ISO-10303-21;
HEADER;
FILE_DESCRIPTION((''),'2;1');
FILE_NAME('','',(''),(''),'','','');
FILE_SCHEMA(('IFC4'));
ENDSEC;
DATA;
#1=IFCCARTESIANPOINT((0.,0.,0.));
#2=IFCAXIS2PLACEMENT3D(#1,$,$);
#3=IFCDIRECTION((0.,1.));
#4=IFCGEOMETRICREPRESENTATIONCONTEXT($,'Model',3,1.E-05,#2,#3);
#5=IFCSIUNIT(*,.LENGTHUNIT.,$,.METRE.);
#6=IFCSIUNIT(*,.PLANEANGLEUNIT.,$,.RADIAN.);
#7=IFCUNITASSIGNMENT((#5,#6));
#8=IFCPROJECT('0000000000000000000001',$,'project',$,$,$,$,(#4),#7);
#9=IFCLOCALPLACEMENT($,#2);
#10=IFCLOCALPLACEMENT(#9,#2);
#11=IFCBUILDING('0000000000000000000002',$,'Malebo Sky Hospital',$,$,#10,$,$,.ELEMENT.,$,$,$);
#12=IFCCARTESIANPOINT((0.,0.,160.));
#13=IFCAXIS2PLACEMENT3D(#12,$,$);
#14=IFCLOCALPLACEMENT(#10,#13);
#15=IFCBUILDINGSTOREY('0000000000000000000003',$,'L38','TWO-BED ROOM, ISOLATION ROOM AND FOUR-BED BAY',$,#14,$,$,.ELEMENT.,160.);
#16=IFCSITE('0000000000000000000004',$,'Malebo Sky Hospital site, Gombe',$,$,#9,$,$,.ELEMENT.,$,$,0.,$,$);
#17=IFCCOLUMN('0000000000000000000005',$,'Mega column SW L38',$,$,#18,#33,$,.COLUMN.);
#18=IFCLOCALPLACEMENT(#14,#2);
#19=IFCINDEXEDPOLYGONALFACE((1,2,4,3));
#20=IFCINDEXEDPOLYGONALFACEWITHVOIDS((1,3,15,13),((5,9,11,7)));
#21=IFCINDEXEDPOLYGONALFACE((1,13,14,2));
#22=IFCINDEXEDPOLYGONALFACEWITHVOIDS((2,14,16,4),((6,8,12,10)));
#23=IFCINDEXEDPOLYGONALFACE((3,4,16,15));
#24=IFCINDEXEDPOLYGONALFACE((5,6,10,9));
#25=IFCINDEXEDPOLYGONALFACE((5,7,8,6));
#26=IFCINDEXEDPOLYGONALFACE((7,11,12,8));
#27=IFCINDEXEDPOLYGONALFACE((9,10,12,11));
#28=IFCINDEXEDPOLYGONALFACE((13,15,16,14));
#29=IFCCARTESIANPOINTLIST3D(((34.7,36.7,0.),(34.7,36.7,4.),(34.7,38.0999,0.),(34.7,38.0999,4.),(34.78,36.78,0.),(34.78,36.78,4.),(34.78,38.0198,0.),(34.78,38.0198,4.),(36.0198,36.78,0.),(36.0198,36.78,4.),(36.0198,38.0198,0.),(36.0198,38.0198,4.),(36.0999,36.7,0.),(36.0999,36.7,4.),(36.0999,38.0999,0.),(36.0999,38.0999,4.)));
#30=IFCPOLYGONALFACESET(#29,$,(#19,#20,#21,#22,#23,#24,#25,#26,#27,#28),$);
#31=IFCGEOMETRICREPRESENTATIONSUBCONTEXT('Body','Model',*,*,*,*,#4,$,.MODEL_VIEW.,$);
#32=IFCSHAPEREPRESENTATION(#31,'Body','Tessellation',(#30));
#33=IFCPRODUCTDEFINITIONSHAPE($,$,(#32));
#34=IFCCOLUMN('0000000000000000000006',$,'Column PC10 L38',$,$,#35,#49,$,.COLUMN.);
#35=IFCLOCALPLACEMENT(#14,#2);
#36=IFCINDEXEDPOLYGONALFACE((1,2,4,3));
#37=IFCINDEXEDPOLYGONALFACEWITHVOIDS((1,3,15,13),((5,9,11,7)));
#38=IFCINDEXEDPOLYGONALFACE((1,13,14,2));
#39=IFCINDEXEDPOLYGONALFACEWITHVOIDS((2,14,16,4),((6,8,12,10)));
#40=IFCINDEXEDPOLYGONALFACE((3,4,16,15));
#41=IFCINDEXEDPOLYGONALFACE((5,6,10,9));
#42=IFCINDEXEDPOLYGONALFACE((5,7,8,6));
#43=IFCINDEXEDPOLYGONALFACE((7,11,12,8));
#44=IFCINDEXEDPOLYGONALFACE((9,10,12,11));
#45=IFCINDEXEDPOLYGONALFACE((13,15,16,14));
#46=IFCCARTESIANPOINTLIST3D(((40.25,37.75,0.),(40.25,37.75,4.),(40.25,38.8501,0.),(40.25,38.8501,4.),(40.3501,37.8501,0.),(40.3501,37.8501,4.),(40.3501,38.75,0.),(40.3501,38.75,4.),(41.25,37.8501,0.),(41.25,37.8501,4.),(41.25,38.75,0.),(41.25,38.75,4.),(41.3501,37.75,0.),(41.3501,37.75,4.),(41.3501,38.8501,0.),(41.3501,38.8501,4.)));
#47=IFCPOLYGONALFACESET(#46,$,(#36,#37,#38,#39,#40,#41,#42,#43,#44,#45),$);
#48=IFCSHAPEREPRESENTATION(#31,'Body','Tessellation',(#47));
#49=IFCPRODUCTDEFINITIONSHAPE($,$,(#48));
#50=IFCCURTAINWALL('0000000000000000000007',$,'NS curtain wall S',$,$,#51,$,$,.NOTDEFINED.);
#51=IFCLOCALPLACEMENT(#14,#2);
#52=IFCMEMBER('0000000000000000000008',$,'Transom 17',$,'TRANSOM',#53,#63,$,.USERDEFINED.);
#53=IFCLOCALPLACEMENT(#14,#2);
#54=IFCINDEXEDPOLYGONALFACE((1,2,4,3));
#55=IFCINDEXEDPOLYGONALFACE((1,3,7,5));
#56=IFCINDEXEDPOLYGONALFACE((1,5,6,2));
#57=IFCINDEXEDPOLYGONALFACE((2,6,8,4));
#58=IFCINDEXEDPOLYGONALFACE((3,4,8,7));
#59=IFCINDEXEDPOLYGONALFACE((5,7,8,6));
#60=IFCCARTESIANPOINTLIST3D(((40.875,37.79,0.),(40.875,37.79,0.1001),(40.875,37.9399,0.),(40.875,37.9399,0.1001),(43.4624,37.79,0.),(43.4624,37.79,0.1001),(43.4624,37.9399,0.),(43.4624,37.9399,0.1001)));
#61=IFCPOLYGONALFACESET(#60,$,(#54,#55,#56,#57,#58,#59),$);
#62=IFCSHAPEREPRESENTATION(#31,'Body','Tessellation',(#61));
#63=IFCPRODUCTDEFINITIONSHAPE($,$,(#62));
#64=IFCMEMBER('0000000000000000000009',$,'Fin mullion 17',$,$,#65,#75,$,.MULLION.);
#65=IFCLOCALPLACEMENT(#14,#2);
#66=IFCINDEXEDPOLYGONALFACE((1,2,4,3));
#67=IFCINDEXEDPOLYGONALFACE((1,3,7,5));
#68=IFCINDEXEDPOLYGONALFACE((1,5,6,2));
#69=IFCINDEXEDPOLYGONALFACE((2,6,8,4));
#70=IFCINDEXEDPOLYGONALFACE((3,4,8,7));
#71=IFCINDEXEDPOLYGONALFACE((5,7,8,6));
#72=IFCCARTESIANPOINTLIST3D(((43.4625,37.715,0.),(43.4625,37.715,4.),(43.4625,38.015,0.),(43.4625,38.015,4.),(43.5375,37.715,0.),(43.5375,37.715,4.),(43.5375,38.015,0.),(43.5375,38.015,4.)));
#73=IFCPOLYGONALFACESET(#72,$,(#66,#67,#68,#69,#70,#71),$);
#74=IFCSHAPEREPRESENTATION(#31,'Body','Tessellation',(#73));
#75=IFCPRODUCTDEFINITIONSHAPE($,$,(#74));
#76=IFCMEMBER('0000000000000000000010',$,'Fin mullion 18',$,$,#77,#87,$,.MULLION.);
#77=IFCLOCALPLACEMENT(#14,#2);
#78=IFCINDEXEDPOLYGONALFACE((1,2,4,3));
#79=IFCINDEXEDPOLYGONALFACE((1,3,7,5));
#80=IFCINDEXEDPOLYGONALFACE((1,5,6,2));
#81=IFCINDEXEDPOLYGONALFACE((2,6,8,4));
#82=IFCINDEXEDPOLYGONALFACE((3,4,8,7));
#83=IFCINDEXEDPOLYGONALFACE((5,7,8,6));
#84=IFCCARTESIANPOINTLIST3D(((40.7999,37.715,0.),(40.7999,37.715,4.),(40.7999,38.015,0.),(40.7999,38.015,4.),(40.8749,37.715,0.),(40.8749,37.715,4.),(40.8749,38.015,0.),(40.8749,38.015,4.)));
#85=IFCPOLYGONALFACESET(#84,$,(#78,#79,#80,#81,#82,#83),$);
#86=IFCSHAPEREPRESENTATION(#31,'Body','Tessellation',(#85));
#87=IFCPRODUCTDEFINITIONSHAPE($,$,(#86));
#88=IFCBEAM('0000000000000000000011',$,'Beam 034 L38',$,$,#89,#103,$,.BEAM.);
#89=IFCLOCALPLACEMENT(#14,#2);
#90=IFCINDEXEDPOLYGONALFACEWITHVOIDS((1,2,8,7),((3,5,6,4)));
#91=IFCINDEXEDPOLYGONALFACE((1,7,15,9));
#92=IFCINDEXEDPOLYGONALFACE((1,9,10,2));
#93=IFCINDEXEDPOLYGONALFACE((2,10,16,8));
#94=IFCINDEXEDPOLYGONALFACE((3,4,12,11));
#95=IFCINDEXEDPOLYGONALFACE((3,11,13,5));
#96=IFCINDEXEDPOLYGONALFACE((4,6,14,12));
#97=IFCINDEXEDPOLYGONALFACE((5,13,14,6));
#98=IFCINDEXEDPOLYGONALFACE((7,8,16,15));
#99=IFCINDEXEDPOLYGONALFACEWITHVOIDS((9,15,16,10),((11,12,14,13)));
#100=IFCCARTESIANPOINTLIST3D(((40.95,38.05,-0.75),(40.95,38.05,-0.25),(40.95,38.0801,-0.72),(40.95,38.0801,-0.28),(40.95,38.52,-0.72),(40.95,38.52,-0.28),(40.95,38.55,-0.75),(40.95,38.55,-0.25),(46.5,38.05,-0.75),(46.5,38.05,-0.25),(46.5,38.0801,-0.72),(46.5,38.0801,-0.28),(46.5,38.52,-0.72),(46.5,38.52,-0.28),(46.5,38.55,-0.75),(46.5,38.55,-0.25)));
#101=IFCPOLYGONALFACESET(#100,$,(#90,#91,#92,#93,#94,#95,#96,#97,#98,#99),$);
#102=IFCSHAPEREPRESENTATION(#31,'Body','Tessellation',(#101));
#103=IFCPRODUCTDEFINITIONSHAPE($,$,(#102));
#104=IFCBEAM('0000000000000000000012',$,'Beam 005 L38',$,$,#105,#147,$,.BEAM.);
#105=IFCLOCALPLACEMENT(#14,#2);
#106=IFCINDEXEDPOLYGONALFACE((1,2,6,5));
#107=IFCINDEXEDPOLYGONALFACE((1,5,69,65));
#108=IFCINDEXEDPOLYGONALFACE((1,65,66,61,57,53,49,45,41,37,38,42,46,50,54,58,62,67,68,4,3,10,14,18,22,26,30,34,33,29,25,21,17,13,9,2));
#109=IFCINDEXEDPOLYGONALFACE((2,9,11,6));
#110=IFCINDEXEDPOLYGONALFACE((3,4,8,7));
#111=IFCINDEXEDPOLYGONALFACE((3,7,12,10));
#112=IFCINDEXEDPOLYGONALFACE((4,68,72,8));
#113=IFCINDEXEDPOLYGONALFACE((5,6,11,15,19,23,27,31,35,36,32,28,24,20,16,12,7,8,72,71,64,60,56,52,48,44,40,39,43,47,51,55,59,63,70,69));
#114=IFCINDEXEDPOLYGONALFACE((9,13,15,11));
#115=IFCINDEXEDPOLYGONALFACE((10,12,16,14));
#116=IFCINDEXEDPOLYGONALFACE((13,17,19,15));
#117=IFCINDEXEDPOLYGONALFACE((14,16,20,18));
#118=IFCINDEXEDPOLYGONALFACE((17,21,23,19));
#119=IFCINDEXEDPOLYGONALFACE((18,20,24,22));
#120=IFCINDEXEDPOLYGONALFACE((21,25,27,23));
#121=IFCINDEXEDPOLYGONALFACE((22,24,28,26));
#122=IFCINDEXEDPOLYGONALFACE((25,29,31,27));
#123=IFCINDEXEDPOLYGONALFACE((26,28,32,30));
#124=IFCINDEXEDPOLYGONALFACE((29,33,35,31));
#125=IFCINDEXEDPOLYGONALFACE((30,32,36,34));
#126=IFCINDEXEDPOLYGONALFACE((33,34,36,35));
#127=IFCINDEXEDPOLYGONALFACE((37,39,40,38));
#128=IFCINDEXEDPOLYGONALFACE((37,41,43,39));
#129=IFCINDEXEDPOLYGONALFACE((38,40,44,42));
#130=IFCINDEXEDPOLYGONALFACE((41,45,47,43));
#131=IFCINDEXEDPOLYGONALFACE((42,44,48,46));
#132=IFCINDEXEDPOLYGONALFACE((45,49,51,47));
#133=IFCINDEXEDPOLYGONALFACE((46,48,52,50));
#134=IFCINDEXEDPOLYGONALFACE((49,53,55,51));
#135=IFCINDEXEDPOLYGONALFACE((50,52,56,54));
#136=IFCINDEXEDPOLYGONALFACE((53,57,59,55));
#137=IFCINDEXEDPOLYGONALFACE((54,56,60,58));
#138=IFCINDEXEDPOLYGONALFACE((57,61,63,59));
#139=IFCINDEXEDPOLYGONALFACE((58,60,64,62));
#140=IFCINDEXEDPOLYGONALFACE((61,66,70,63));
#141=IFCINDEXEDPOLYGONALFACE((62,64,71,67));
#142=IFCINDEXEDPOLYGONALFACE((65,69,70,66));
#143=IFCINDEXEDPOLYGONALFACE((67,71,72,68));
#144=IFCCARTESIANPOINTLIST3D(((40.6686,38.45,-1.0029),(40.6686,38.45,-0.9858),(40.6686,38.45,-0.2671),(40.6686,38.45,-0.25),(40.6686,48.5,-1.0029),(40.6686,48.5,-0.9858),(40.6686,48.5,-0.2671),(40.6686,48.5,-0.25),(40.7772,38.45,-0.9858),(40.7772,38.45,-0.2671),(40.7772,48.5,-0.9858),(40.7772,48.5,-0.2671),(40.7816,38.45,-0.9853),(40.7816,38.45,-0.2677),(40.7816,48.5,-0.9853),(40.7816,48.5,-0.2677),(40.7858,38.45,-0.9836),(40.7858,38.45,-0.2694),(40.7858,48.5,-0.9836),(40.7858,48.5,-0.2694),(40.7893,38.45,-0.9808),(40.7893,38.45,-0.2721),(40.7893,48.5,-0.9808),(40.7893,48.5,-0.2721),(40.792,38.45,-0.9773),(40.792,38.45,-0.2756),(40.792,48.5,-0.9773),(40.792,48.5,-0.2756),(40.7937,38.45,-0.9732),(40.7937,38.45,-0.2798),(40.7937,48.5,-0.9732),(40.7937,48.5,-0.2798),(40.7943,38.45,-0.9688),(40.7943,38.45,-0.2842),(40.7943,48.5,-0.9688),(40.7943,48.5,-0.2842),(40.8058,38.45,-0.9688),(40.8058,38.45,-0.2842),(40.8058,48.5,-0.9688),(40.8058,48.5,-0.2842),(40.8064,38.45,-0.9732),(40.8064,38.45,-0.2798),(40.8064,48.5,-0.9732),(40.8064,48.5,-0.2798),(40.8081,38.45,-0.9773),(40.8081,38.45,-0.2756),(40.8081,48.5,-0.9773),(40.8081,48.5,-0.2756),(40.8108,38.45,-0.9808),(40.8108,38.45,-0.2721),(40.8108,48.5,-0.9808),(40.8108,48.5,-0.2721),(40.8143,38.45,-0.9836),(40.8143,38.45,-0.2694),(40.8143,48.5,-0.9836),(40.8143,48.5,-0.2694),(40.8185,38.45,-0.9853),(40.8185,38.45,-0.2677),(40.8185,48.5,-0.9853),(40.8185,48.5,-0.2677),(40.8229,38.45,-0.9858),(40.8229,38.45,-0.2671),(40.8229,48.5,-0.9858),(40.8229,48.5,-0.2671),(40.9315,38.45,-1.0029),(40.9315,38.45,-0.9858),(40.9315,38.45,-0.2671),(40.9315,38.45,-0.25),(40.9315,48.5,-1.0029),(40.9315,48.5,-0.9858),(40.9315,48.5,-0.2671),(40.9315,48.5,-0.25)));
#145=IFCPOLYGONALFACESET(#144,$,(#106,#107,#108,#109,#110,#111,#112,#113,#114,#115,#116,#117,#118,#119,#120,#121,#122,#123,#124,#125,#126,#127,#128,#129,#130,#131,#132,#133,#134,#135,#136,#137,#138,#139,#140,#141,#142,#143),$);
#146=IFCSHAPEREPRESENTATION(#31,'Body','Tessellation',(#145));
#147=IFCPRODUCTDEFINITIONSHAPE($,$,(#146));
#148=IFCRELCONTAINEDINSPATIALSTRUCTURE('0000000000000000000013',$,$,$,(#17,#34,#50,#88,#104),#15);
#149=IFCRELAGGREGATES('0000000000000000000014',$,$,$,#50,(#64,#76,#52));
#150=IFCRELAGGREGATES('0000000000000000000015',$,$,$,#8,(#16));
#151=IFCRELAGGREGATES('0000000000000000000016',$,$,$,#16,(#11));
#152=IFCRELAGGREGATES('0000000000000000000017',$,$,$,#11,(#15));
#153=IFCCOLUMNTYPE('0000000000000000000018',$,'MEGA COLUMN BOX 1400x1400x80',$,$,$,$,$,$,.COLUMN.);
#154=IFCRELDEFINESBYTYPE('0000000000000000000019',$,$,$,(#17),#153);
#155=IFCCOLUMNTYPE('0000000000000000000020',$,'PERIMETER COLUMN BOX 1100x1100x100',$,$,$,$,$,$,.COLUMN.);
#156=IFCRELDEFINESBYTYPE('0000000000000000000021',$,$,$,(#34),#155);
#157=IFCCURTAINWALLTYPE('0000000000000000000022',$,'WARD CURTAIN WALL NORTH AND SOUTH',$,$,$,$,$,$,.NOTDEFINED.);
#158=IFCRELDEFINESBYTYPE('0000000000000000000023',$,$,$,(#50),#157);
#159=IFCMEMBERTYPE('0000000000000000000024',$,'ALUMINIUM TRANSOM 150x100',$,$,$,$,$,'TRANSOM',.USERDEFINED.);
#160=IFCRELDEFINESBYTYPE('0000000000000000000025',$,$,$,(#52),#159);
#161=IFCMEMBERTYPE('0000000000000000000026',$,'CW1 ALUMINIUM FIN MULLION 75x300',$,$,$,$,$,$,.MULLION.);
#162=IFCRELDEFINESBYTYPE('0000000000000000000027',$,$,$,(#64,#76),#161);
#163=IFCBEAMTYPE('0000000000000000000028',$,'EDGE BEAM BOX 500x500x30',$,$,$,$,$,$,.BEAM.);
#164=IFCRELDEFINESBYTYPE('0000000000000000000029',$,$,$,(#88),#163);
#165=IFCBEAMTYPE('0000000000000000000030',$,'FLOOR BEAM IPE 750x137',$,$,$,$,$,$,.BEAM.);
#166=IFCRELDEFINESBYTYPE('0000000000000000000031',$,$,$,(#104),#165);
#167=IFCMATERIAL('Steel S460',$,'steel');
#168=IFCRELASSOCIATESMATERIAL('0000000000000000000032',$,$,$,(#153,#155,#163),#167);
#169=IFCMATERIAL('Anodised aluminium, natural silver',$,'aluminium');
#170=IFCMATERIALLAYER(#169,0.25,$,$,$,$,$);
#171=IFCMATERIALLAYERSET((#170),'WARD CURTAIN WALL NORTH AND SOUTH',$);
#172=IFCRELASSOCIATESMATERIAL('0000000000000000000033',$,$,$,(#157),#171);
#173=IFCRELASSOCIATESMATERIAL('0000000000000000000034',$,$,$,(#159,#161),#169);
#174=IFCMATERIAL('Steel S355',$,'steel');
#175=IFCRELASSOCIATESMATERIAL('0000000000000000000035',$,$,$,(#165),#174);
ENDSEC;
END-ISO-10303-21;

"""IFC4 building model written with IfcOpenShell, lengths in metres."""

from ifc_helpers import new_model, si_unit, direction, frame, origin, origin_2d, place, context, subcontext, project, spatial, rectangle, hollow_rectangle, i_section, extrude, material, layer, layer_set, material_profile, profile_set, type_object, element, aggregate, save


model = new_model("IFC4")

# Units and contexts
model_context = context("Model", 3, precision=1e-05, world=origin(), true_north=direction((0.0, 1.0)))
body_context = subcontext(model_context, "Body", "Model", "MODEL_VIEW")
ifc_project = project(units=[si_unit("LENGTHUNIT", "METRE"), si_unit("PLANEANGLEUNIT", "RADIAN")], contexts=[model_context])

# Site, building, storey
site_placement = place(None, origin())
site = spatial("IfcSite", under=ifc_project, at=site_placement, Name="Malebo Sky Hospital site, Gombe", CompositionType="ELEMENT", RefElevation=0.0)
building_placement = place(site_placement, origin())
building = spatial("IfcBuilding", under=site, at=building_placement, Name="Malebo Sky Hospital", CompositionType="ELEMENT")
storey_placement = place(building_placement, frame((0.0, 0.0, 160.0)))
storey = spatial("IfcBuildingStorey", under=building, at=storey_placement, Name="L38", Description="TWO-BED ROOM, ISOLATION ROOM AND FOUR-BED BAY", CompositionType="ELEMENT", Elevation=160.0)

# Columns
ifc_material_1 = material(Name="Steel S460", Category="steel")
ifc_material_profile_1 = material_profile(ifc_material_1, hollow_rectangle(XDim=1.3999, YDim=1.3999, WallThickness=0.0801, at=origin_2d()), Name="BOX 1400x1400x80")
ifc_profile_set_1 = profile_set([ifc_material_profile_1], Name="Steel S460")
column_type_1 = type_object("IfcColumnType", Name="MEGA COLUMN BOX 1400x1400x80", PredefinedType="COLUMN", material=ifc_profile_set_1)
column_1_placement = place(storey_placement, frame((35.3999, 37.3999, 0.0), z_axis=(0.0, 0.0, 1.0), x_axis=(1.0, 0.0, 0.0)))
element("IfcColumn", 1, at=column_1_placement, inside=storey, type_object=column_type_1, Name="Mega column SW L38", PredefinedType="COLUMN", context=body_context, shape_type="SweptSolid", body=[
    extrude(hollow_rectangle(XDim=1.3999, YDim=1.3999, WallThickness=0.0801, at=origin_2d()), origin(), (0.0, 0.0, 1.0), 4.0),
])
ifc_material_profile_2 = material_profile(ifc_material_1, hollow_rectangle(XDim=1.1001, YDim=1.1001, WallThickness=0.1001, at=origin_2d()), Name="BOX 1100x1100x100")
ifc_profile_set_2 = profile_set([ifc_material_profile_2], Name="Steel S460")
column_type_2 = type_object("IfcColumnType", Name="PERIMETER COLUMN BOX 1100x1100x100", PredefinedType="COLUMN", material=ifc_profile_set_2)
column_2_placement = place(storey_placement, frame((40.8, 38.3, 0.0), z_axis=(0.0, 0.0, 1.0), x_axis=(1.0, 0.0, 0.0)))
element("IfcColumn", 2, at=column_2_placement, inside=storey, type_object=column_type_2, Name="Column PC10 L38", PredefinedType="COLUMN", context=body_context, shape_type="SweptSolid", body=[
    extrude(hollow_rectangle(XDim=1.1001, YDim=1.1001, WallThickness=0.1001, at=origin_2d()), origin(), (0.0, 0.0, 1.0), 4.0),
])

# Curtain wall, members
ifc_material_2 = material(Name="Anodised aluminium, natural silver", Category="aluminium")
ifc_layer_1 = layer(ifc_material_2, 0.25)
ifc_layer_set_1 = layer_set([ifc_layer_1], Name="WARD CURTAIN WALL NORTH AND SOUTH")
curtain_wall_type = type_object("IfcCurtainWallType", Name="WARD CURTAIN WALL NORTH AND SOUTH", PredefinedType="NOTDEFINED", material=ifc_layer_set_1)
curtain_wall_placement = place(storey_placement, origin())
curtain_wall = element("IfcCurtainWall", 3, at=curtain_wall_placement, inside=storey, type_object=curtain_wall_type, Name="NS curtain wall S", PredefinedType="NOTDEFINED")
ifc_material_profile_3 = material_profile(ifc_material_2, rectangle(XDim=0.1499, YDim=0.1001, at=origin_2d()), Name="ALUMINIUM TRANSOM 150x100")
ifc_profile_set_3 = profile_set([ifc_material_profile_3], Name="Anodised aluminium, natural silver")
member_type_1 = type_object("IfcMemberType", Name="ALUMINIUM TRANSOM 150x100", ElementType="TRANSOM", PredefinedType="USERDEFINED", material=ifc_profile_set_3)
member_1_placement = place(storey_placement, frame((43.4624, 37.865, 0.05), z_axis=(-1.0, 0.0, 0.0), x_axis=(0.0, -1.0, 0.0)))
member_1 = element("IfcMember", 4, at=member_1_placement, type_object=member_type_1, Name="Transom 17", ObjectType="TRANSOM", PredefinedType="USERDEFINED", context=body_context, shape_type="SweptSolid", body=[
    extrude(rectangle(XDim=0.1499, YDim=0.1001, at=origin_2d()), origin(), (0.0, 0.0, 1.0), 2.5874),
])
ifc_material_profile_4 = material_profile(ifc_material_2, rectangle(XDim=0.075, YDim=0.3, at=origin_2d()), Name="CW1 ALUMINIUM FIN MULLION 75x300")
ifc_profile_set_4 = profile_set([ifc_material_profile_4], Name="Anodised aluminium, natural silver")
member_type_2 = type_object("IfcMemberType", Name="CW1 ALUMINIUM FIN MULLION 75x300", PredefinedType="MULLION", material=ifc_profile_set_4)
member_2_placement = place(storey_placement, frame((43.5, 37.865, 0.0), z_axis=(0.0, 0.0, 1.0), x_axis=(-1.0, 0.0, 0.0)))
member_2 = element("IfcMember", 5, at=member_2_placement, type_object=member_type_2, Name="Fin mullion 17", PredefinedType="MULLION", context=body_context, shape_type="SweptSolid", body=[
    extrude(rectangle(XDim=0.075, YDim=0.3, at=origin_2d()), origin(), (0.0, 0.0, 1.0), 4.0),
])
member_3_placement = place(storey_placement, frame((40.8374, 37.865, 0.0), z_axis=(0.0, 0.0, 1.0), x_axis=(-1.0, 0.0, 0.0)))
member_3 = element("IfcMember", 6, at=member_3_placement, type_object=member_type_2, Name="Fin mullion 18", PredefinedType="MULLION", context=body_context, shape_type="SweptSolid", body=[
    extrude(rectangle(XDim=0.075, YDim=0.3, at=origin_2d()), origin(), (0.0, 0.0, 1.0), 4.0),
])

# Beams
ifc_material_profile_5 = material_profile(ifc_material_1, hollow_rectangle(XDim=0.5, YDim=0.5, WallThickness=0.03, at=origin_2d()), Name="BOX 500x500x30")
ifc_profile_set_5 = profile_set([ifc_material_profile_5], Name="Steel S460")
beam_type_1 = type_object("IfcBeamType", Name="EDGE BEAM BOX 500x500x30", PredefinedType="BEAM", material=ifc_profile_set_5)
beam_1_placement = place(storey_placement, frame((40.95, 38.3, -0.5), z_axis=(1.0, 0.0, 0.0), x_axis=(0.0, 1.0, 0.0)))
element("IfcBeam", 7, at=beam_1_placement, inside=storey, type_object=beam_type_1, Name="Beam 034 L38", PredefinedType="BEAM", context=body_context, shape_type="SweptSolid", body=[
    extrude(hollow_rectangle(XDim=0.5, YDim=0.5, WallThickness=0.03, at=origin_2d()), origin(), (0.0, 0.0, 1.0), 5.55),
])
ifc_material_3 = material(Name="Steel S355", Category="steel")
ifc_material_profile_6 = material_profile(ifc_material_3, i_section(OverallWidth=0.2629, OverallDepth=0.7529, WebThickness=0.0115, FlangeThickness=0.0171, FilletRadius=0.0171, at=origin_2d()), Name="IPE 750x137")
ifc_profile_set_6 = profile_set([ifc_material_profile_6], Name="Steel S355")
beam_type_2 = type_object("IfcBeamType", Name="FLOOR BEAM IPE 750x137", PredefinedType="BEAM", material=ifc_profile_set_6)
beam_2_placement = place(storey_placement, frame((40.8, 38.45, -0.6265), z_axis=(0.0, 1.0, 0.0), x_axis=(-1.0, 0.0, 0.0)))
element("IfcBeam", 8, at=beam_2_placement, inside=storey, type_object=beam_type_2, Name="Beam 005 L38", PredefinedType="BEAM", context=body_context, shape_type="SweptSolid", body=[
    extrude(i_section(OverallWidth=0.2629, OverallDepth=0.7529, WebThickness=0.0115, FlangeThickness=0.0171, FilletRadius=0.0171, at=origin_2d()), origin(), (0.0, 0.0, 1.0), 10.05),
])

aggregate(curtain_wall, [member_2, member_3, member_1])

save(model, "model.ifc")
